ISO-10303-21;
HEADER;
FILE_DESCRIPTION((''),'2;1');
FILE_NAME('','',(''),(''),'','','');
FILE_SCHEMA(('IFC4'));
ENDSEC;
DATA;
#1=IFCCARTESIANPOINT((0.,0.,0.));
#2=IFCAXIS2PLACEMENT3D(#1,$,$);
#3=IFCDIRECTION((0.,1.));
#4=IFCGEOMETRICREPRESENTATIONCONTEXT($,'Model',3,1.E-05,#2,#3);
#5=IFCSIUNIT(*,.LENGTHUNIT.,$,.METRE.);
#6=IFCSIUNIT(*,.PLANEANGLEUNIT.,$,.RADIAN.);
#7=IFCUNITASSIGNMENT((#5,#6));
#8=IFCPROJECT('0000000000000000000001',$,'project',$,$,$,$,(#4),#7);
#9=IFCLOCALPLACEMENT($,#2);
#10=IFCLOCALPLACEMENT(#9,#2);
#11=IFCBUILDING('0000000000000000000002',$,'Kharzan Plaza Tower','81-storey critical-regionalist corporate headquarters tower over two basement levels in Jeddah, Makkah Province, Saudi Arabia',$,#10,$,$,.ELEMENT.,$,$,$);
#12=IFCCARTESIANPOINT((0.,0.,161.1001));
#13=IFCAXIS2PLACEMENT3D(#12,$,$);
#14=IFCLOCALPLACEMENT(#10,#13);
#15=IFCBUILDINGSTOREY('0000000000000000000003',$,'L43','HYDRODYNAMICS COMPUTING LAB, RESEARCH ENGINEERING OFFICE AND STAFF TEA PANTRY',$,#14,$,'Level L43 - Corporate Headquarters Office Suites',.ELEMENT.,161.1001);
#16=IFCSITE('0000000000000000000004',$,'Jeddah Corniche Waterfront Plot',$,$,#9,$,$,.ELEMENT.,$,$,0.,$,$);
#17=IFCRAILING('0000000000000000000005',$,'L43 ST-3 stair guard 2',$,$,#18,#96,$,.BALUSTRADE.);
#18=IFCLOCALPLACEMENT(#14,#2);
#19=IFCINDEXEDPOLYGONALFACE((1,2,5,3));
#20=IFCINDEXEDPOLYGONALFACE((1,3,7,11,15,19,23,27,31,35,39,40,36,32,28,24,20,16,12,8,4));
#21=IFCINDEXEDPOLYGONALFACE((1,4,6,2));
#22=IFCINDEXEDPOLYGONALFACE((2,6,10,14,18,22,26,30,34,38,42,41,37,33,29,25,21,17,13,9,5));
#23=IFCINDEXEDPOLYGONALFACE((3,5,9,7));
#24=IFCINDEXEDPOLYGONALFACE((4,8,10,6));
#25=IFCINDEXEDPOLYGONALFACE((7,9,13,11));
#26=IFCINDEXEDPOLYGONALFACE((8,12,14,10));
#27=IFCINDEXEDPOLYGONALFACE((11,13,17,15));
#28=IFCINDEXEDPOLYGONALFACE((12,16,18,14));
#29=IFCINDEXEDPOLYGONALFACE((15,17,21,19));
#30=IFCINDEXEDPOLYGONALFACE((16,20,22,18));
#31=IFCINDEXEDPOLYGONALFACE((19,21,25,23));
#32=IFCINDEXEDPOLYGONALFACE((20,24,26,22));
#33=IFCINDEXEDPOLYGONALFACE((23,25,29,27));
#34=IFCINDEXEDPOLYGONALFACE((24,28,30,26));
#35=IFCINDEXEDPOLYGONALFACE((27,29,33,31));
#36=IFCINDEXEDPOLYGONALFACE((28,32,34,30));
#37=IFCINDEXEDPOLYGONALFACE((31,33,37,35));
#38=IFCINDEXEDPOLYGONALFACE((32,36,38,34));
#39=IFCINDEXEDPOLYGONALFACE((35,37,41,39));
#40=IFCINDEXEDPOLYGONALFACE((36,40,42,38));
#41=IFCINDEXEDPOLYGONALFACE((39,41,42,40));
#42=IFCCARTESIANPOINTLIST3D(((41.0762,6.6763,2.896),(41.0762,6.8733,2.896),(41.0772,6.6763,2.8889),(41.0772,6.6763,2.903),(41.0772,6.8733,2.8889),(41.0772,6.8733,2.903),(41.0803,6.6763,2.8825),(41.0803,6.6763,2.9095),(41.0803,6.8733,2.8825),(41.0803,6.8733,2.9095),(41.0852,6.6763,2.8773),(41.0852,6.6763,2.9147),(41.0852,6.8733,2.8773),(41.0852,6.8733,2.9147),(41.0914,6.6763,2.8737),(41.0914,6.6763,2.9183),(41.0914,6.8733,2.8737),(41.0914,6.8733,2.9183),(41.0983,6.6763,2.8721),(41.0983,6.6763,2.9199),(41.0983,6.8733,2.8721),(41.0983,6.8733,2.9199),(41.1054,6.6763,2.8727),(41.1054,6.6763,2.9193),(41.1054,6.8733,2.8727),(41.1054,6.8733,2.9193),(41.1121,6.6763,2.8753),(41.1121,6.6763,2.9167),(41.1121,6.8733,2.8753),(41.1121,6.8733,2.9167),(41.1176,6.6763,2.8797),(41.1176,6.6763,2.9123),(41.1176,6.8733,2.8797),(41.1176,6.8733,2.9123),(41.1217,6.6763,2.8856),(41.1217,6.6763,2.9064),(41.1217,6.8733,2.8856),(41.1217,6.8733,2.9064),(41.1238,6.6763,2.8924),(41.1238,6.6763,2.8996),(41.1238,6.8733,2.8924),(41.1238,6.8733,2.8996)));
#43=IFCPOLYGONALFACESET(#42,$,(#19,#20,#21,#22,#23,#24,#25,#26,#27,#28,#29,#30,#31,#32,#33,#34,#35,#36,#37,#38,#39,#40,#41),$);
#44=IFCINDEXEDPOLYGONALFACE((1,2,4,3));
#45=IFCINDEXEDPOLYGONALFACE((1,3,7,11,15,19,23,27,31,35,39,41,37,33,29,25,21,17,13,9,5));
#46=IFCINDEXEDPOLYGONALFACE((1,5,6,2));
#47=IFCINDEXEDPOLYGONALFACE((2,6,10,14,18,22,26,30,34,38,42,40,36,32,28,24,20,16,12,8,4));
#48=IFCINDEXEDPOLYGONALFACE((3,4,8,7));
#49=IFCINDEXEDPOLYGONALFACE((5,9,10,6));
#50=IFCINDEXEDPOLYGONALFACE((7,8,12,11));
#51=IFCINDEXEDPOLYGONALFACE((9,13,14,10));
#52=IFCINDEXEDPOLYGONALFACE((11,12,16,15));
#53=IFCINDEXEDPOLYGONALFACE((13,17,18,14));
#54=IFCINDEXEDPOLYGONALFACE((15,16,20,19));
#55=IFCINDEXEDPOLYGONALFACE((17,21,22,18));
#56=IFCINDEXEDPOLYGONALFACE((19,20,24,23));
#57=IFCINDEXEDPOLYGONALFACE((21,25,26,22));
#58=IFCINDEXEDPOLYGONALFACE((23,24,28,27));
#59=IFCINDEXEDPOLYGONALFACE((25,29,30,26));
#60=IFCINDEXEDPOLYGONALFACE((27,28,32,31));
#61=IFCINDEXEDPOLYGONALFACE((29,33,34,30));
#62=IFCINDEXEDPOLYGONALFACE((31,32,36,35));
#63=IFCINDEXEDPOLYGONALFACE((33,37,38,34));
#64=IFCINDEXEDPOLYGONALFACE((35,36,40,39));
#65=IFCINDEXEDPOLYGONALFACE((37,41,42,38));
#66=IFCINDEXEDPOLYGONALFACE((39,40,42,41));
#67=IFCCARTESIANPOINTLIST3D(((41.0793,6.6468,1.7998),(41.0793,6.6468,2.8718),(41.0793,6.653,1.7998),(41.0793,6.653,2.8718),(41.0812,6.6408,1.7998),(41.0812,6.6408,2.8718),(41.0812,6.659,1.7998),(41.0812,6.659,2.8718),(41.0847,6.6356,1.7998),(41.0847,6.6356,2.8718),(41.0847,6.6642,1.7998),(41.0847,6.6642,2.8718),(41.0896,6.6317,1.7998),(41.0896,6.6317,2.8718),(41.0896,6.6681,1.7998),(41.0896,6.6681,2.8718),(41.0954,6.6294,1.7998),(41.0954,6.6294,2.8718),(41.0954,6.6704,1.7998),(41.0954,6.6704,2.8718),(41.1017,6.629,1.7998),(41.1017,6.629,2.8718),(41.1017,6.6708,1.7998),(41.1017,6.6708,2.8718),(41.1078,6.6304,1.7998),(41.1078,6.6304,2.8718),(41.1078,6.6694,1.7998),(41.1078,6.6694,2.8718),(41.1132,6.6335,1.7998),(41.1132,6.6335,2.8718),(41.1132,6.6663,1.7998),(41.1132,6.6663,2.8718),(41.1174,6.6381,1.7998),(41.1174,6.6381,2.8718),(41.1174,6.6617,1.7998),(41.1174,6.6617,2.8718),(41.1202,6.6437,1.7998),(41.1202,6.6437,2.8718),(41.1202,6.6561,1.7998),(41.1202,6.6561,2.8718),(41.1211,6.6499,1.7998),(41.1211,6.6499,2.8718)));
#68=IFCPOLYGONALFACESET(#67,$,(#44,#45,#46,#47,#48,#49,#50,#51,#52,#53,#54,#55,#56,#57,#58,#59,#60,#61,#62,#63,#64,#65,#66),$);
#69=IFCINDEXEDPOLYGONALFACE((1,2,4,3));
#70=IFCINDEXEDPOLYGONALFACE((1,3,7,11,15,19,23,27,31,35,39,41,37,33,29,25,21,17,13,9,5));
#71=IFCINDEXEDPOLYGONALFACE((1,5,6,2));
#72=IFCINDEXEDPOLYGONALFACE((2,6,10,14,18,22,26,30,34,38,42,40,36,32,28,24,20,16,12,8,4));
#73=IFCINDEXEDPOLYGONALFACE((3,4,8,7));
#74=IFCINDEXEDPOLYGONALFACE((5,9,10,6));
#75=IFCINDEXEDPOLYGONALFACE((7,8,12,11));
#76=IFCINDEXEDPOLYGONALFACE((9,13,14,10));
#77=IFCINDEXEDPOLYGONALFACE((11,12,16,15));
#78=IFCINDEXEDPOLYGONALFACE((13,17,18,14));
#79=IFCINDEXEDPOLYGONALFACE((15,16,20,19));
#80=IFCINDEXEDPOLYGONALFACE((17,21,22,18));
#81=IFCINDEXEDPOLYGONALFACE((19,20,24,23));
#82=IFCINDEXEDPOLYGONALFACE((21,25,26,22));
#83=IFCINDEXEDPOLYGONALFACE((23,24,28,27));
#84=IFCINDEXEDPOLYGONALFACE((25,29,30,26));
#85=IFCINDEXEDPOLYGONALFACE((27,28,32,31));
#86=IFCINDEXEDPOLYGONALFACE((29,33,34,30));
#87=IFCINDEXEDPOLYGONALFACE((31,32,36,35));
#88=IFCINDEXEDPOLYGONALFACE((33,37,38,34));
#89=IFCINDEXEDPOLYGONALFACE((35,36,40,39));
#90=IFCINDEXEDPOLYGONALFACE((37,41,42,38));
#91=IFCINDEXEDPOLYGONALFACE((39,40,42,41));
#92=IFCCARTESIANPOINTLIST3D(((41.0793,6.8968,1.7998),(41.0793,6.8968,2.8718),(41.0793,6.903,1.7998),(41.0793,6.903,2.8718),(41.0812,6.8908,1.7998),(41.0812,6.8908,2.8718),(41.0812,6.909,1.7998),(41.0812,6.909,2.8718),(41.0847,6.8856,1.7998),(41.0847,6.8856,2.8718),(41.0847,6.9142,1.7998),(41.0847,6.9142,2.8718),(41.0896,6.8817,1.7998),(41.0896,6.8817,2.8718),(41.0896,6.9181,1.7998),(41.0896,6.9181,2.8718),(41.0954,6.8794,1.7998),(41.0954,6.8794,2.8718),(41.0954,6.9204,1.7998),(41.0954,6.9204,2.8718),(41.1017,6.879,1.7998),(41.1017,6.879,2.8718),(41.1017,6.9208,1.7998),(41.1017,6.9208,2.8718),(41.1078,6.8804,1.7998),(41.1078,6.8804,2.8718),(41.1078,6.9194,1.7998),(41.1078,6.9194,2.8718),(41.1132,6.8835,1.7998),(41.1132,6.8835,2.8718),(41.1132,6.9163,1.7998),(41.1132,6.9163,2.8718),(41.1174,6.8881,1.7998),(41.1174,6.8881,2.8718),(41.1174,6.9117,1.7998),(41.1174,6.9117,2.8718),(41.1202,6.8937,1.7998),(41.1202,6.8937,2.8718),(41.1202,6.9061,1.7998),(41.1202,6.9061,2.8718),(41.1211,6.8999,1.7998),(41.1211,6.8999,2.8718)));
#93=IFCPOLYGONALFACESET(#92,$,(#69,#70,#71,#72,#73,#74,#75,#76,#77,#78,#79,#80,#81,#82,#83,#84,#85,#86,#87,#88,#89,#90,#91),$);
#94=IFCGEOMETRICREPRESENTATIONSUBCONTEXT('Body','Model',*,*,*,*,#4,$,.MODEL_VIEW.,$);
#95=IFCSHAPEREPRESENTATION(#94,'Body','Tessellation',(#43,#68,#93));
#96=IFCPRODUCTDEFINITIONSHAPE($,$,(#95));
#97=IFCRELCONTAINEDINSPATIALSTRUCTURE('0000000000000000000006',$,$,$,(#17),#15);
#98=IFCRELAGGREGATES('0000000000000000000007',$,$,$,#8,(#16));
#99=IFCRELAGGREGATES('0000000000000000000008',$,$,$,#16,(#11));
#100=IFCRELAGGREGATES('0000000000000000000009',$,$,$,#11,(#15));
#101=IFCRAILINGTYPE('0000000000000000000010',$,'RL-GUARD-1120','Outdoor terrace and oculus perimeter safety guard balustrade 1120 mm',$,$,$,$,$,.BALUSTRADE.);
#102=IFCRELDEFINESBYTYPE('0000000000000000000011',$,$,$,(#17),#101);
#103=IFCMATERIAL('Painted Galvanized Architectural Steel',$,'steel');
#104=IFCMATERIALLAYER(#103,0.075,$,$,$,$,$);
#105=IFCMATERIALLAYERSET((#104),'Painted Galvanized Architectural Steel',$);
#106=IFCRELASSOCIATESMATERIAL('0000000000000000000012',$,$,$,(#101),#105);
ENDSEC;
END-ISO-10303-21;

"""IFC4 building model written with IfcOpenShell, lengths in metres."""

from ifc_helpers import new_model, si_unit, direction, frame, origin, origin_2d, place, context, subcontext, project, spatial, circle, extrude, source, transform, mapped, material, layer, layer_set, type_object, element, save


model = new_model("IFC4")

# Units and contexts
model_context = context("Model", 3, precision=1e-05, world=origin(), true_north=direction((0.0, 1.0)))
body_context = subcontext(model_context, "Body", "Model", "MODEL_VIEW")
ifc_project = project(units=[si_unit("LENGTHUNIT", "METRE"), si_unit("PLANEANGLEUNIT", "RADIAN")], contexts=[model_context])

# Site, building, storey
site_placement = place(None, origin())
site = spatial("IfcSite", under=ifc_project, at=site_placement, Name="Jeddah Corniche Waterfront Plot", CompositionType="ELEMENT", RefElevation=0.0)
building_placement = place(site_placement, origin())
building = spatial("IfcBuilding", under=site, at=building_placement, Name="Kharzan Plaza Tower", Description="81-storey critical-regionalist corporate headquarters tower over two basement levels in Jeddah, Makkah Province, Saudi Arabia", CompositionType="ELEMENT")
storey_placement = place(building_placement, frame((0.0, 0.0, 161.1001)))
storey = spatial("IfcBuildingStorey", under=building, at=storey_placement, Name="L43", Description="HYDRODYNAMICS COMPUTING LAB, RESEARCH ENGINEERING OFFICE AND STAFF TEA PANTRY", LongName="Level L43 - Corporate Headquarters Office Suites", CompositionType="ELEMENT", Elevation=161.1001)

# Railing
ifc_material_1 = material(Name="Painted Galvanized Architectural Steel", Category="steel")
ifc_layer_1 = layer(ifc_material_1, 0.075)
ifc_layer_set_1 = layer_set([ifc_layer_1], Name="Painted Galvanized Architectural Steel")
railing_type_1 = type_object("IfcRailingType", Name="RL-GUARD-1120", Description="Outdoor terrace and oculus perimeter safety guard balustrade 1120 mm", PredefinedType="BALUSTRADE", material=ifc_layer_set_1)
shared_shape_1 = source(origin(), body_context, "Body", "SweptSolid", [
    extrude(circle(Radius=0.0239, at=origin_2d()), frame((0.0, 0.0264, 1.0962), z_axis=(0.0, 1.0, 0.0), x_axis=(-1.0, 0.0, 0.0)), (0.0, 0.0, 1.0), 0.197),
    extrude(circle(Radius=0.021, at=origin_2d()), origin(), (0.0, 0.0, 1.0), 1.072),
    extrude(circle(Radius=0.021, at=origin_2d()), frame((0.0, 0.25, 0.0)), (0.0, 0.0, 1.0), 1.072),
])
railing_1_placement = place(storey_placement, frame((41.1001, 6.6499, 1.7998)))
element("IfcRailing", 1, at=railing_1_placement, inside=storey, type_object=railing_type_1, Name="L43 ST-3 stair guard 2", PredefinedType="BALUSTRADE", context=body_context, shape_type="MappedRepresentation", body=[
    mapped(shared_shape_1, transform((0.0, 0.0, 0.0), x_axis=(1.0, 0.0, 0.0), y_axis=(0.0, 1.0, 0.0), z_axis=(0.0, 0.0, 1.0))),
])

save(model, "model.ifc")
